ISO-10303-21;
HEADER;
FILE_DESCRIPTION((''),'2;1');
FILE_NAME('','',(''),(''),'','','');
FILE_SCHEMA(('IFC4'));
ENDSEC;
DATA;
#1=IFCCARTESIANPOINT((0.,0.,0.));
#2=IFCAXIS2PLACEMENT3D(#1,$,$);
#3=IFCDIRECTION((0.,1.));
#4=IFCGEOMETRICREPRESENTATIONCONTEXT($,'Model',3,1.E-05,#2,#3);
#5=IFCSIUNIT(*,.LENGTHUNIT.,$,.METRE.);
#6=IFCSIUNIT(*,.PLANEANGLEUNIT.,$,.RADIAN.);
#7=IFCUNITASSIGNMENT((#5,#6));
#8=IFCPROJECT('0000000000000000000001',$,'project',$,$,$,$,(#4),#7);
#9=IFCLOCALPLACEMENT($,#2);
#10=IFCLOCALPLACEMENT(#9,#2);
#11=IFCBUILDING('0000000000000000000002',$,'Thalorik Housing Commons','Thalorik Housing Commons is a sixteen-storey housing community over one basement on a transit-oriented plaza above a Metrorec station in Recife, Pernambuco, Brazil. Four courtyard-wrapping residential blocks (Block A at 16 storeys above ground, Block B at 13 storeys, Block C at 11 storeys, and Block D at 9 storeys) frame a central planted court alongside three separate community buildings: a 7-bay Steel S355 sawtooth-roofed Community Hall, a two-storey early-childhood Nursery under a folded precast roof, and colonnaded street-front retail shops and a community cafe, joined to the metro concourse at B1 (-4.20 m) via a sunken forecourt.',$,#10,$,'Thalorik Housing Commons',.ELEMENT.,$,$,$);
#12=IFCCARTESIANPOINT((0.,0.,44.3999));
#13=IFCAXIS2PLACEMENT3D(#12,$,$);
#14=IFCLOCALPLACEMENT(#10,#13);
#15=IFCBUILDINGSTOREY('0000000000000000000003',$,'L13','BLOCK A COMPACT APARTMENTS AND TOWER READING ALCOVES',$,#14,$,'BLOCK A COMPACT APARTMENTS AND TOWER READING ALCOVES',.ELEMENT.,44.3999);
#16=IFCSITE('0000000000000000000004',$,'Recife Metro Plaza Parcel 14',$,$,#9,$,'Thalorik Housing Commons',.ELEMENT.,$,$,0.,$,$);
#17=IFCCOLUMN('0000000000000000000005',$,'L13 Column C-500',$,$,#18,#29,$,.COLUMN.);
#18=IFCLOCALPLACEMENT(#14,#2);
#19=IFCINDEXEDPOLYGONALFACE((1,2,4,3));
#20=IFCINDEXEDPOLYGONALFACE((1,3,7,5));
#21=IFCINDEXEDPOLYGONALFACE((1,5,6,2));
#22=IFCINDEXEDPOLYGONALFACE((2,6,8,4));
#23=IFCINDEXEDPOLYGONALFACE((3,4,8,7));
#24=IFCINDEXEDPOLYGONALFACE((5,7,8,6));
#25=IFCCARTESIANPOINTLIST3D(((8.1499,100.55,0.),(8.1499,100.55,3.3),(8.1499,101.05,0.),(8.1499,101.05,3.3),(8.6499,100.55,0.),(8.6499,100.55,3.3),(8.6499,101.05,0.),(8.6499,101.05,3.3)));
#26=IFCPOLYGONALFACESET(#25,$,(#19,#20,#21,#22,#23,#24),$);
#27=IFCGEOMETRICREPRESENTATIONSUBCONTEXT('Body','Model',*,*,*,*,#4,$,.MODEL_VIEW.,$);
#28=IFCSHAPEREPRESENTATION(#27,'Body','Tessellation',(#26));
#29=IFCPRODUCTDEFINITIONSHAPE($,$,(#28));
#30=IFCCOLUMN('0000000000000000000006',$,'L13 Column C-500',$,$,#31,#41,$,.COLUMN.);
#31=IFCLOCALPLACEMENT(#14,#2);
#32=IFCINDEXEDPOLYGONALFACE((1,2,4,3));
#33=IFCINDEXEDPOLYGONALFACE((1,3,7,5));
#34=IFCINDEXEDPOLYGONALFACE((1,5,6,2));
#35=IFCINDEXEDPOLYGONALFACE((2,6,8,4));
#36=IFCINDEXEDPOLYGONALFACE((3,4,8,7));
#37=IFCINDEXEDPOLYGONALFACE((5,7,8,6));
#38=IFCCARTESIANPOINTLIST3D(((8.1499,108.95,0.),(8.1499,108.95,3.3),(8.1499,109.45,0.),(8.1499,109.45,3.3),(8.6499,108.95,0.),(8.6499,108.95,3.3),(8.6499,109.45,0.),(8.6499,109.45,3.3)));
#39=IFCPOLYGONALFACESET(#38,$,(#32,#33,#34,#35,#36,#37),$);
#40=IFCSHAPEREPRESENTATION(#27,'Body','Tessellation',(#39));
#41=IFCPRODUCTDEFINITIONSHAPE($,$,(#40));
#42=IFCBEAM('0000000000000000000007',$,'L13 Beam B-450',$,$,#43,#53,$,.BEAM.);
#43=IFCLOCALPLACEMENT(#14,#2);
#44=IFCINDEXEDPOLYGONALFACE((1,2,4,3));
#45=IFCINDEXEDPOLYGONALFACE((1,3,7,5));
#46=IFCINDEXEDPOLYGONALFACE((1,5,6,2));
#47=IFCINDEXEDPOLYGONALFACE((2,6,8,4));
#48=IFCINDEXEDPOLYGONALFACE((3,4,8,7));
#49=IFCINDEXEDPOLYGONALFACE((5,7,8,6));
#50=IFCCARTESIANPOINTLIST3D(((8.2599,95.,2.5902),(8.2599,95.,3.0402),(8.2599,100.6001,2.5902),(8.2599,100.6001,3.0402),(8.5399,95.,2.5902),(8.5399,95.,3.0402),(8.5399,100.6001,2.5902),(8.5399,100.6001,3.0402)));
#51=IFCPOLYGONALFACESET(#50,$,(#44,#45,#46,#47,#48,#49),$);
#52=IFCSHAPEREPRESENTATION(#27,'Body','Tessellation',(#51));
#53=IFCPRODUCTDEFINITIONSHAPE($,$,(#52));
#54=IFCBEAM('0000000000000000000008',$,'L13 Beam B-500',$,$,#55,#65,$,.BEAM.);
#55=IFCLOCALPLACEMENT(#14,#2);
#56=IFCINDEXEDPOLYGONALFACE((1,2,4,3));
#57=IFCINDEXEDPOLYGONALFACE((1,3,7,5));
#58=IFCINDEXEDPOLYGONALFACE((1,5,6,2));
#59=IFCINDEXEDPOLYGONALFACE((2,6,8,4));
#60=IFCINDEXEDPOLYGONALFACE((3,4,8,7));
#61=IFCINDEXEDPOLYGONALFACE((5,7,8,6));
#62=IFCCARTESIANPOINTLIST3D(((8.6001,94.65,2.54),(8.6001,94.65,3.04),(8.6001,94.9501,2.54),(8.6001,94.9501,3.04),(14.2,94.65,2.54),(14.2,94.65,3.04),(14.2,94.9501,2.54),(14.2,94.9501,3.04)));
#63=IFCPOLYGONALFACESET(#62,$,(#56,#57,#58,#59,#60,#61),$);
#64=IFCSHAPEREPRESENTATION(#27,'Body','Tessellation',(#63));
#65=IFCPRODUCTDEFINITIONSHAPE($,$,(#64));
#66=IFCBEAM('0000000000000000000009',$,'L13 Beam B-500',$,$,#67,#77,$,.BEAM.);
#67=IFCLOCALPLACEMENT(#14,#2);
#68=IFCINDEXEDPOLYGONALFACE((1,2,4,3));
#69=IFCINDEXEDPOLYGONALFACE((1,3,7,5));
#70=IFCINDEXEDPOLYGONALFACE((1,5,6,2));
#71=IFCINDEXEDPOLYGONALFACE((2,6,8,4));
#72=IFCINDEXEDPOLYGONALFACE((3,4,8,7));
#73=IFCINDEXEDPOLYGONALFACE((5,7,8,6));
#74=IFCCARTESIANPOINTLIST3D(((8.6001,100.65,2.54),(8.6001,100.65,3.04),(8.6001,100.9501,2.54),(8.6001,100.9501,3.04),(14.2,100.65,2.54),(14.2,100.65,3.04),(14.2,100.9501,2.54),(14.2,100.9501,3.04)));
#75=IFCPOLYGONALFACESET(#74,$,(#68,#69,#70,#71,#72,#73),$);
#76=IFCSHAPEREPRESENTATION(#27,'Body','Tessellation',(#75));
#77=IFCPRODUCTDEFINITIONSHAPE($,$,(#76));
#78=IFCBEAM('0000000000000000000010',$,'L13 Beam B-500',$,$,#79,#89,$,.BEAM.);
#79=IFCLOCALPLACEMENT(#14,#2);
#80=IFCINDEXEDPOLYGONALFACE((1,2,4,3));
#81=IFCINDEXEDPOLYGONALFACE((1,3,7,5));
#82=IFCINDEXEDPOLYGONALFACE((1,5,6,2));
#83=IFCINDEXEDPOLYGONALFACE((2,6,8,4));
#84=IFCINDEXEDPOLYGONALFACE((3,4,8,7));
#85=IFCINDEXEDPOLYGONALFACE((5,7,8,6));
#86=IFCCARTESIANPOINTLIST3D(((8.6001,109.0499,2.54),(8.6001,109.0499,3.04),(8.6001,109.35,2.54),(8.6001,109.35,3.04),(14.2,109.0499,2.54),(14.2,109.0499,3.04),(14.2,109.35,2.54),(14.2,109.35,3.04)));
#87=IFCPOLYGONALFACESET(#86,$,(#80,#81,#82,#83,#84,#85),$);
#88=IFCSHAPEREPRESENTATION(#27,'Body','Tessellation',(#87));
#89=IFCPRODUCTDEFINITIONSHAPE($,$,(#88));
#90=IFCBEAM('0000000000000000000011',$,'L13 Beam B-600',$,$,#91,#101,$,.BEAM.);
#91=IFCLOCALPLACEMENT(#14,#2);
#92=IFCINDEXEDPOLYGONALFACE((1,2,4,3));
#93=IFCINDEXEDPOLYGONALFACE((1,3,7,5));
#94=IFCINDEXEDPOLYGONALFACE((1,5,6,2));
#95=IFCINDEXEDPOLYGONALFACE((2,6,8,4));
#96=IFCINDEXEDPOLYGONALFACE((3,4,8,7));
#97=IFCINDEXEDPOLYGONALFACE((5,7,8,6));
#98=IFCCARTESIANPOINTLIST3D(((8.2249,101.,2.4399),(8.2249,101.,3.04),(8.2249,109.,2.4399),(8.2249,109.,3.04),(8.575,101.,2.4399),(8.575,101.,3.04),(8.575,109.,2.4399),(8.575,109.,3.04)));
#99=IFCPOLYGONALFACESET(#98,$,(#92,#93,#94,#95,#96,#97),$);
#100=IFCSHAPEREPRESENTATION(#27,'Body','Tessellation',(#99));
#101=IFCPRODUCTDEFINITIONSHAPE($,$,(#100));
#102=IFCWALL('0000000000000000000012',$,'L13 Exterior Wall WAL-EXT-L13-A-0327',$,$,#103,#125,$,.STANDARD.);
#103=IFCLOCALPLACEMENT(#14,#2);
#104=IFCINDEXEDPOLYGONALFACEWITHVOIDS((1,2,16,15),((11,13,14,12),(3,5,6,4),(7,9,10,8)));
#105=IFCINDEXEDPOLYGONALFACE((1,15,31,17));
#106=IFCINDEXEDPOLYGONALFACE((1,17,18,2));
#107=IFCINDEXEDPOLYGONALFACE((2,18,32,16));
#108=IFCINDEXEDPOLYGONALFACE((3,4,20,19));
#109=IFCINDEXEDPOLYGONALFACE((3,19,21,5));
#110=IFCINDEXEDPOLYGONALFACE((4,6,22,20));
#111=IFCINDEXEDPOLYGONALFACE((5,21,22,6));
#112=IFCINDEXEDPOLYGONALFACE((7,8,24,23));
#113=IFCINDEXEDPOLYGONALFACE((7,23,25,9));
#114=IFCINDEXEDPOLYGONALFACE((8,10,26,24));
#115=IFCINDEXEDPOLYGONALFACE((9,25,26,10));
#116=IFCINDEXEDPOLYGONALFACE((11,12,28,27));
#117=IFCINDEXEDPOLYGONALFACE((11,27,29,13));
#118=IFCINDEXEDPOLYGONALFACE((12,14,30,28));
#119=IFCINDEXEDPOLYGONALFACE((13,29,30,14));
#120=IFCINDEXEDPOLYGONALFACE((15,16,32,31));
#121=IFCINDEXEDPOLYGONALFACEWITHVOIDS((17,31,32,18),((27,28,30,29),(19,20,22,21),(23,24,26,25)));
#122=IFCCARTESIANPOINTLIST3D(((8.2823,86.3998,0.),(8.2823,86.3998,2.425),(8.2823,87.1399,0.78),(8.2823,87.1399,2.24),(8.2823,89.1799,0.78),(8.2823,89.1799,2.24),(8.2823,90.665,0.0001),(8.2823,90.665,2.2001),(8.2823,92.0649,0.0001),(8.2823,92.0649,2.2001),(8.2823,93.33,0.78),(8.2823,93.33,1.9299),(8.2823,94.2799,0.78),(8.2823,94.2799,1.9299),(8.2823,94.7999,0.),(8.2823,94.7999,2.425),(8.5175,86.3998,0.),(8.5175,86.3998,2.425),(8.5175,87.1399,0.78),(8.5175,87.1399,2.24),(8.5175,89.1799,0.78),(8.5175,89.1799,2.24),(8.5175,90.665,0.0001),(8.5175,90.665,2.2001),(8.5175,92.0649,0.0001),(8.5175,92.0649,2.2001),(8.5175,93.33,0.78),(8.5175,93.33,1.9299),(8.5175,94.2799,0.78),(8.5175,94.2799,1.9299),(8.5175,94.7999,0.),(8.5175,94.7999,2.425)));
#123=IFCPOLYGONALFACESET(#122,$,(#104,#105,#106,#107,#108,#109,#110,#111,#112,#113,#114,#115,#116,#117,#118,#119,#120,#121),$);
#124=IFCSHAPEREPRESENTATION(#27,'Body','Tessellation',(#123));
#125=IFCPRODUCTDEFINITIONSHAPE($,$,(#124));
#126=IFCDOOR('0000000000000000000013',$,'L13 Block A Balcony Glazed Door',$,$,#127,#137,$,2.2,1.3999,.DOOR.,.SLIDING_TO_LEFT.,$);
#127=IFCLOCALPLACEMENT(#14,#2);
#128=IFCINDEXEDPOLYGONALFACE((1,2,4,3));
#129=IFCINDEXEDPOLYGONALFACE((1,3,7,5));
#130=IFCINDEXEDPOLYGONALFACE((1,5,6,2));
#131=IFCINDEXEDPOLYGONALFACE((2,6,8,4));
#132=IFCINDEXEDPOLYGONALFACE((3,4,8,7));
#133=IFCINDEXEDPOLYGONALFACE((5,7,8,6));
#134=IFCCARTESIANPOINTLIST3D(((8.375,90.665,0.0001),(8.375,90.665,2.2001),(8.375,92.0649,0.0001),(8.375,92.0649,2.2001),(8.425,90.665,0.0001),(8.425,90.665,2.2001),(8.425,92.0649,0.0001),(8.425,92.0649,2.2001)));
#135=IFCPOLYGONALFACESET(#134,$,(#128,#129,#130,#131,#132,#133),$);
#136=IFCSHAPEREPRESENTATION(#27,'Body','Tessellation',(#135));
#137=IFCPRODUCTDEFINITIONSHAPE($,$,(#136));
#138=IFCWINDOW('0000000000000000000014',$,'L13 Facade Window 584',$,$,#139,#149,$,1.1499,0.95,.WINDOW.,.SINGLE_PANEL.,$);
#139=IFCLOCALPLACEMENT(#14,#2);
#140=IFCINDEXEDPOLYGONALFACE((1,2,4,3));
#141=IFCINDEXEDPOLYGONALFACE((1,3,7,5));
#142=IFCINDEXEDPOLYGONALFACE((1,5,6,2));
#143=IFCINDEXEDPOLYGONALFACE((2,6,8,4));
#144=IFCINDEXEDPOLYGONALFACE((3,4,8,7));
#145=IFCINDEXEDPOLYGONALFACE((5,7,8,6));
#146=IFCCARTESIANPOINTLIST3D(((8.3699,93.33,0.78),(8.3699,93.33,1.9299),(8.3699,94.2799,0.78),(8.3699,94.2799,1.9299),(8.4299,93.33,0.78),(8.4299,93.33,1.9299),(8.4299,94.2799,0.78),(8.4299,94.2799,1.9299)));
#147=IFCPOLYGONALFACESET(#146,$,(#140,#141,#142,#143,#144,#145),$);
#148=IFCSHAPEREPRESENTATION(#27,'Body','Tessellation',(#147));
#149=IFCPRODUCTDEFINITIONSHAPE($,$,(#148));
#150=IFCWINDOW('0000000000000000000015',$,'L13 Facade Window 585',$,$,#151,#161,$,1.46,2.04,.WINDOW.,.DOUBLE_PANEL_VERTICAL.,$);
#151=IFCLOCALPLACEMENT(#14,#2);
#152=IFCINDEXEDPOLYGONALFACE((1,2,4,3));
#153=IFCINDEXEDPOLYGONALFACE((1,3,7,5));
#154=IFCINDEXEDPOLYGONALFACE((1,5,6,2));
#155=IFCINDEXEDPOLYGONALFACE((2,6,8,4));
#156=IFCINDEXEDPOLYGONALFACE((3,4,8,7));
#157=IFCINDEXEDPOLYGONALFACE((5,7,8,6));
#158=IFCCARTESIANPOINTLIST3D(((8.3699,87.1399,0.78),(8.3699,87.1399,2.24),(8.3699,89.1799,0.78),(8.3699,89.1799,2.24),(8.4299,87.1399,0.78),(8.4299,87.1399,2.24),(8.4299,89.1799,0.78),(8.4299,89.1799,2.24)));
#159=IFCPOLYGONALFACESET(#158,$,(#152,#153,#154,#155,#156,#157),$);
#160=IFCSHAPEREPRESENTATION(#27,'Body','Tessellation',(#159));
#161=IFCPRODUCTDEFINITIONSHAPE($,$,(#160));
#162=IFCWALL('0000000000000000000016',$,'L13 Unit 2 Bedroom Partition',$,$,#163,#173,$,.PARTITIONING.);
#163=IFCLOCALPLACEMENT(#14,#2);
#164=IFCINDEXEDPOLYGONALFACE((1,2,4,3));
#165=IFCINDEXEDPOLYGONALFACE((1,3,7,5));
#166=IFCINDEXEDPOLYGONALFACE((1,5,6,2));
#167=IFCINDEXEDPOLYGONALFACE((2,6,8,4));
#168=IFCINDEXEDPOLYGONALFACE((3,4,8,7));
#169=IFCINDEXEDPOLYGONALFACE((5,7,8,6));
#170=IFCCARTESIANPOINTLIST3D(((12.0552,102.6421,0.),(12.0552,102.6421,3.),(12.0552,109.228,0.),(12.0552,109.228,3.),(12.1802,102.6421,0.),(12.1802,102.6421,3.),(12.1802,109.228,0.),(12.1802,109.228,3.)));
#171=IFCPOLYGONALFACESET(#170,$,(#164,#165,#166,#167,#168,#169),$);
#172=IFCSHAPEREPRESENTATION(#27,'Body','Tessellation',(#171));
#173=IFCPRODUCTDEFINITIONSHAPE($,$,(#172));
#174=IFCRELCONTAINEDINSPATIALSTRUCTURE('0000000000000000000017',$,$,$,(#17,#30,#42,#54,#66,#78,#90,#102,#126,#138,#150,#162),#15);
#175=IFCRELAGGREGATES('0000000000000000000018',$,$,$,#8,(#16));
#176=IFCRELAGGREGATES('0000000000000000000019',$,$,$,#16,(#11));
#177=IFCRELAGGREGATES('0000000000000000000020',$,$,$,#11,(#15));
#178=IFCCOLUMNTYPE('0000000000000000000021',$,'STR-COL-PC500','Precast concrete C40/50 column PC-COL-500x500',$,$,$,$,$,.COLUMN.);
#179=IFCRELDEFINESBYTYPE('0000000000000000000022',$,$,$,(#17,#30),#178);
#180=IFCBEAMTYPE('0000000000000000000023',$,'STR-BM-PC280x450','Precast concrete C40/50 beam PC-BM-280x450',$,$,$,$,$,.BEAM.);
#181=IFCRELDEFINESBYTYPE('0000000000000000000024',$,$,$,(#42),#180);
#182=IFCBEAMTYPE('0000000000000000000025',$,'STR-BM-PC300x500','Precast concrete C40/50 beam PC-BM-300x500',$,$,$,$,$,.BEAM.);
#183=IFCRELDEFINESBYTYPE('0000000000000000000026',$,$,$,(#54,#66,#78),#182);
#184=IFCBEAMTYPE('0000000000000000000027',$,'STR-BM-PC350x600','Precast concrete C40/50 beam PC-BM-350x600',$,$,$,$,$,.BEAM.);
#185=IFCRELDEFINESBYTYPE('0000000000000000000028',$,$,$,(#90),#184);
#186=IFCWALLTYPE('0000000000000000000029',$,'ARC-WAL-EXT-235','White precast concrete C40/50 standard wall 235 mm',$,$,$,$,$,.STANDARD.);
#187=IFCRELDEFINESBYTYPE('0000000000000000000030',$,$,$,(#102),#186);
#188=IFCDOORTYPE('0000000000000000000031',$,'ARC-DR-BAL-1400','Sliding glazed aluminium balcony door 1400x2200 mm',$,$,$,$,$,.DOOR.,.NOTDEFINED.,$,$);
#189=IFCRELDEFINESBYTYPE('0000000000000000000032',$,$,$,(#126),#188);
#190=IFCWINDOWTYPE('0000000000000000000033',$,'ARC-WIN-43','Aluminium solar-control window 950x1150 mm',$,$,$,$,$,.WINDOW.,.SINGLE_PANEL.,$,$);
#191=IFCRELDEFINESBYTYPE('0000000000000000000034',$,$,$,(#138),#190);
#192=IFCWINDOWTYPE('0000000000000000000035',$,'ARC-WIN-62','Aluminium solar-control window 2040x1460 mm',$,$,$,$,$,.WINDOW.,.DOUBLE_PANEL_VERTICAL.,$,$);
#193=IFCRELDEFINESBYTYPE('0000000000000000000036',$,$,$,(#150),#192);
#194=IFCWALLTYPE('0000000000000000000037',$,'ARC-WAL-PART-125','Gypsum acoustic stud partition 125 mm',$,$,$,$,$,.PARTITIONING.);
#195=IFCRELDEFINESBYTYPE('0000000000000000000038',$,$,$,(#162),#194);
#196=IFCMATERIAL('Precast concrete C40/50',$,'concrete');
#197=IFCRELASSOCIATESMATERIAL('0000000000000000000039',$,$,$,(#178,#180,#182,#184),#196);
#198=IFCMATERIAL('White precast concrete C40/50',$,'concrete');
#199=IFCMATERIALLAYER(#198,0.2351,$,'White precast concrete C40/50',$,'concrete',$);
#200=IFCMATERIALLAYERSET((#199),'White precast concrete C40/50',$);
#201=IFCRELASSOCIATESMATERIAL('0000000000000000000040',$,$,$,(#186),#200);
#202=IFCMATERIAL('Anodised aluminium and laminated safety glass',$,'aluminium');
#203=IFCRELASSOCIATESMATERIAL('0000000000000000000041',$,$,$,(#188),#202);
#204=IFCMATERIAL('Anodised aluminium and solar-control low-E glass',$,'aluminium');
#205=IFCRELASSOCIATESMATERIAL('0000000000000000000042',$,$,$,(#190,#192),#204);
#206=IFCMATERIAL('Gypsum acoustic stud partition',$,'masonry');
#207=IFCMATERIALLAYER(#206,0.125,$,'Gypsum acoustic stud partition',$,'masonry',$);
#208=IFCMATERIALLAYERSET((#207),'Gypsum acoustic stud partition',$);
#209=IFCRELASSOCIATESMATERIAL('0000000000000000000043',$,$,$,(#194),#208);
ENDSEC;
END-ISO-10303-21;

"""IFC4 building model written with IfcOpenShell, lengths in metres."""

from ifc_helpers import new_model, si_unit, direction, frame, frame_2d, origin, origin_2d, place, context, subcontext, project, spatial, rectangle, extrude, material, layer, layer_set, material_profile, profile_set, type_object, element, fill, save


model = new_model("IFC4")

# Units and contexts
model_context = context("Model", 3, precision=1e-05, world=origin(), true_north=direction((0.0, 1.0)))
body_context = subcontext(model_context, "Body", "Model", "MODEL_VIEW")
ifc_project = project(units=[si_unit("LENGTHUNIT", "METRE"), si_unit("PLANEANGLEUNIT", "RADIAN")], contexts=[model_context])

# Site, building, storey
site_placement = place(None, origin())
site = spatial("IfcSite", under=ifc_project, at=site_placement, Name="Recife Metro Plaza Parcel 14", LongName="Thalorik Housing Commons", CompositionType="ELEMENT", RefElevation=0.0)
building_placement = place(site_placement, origin())
building = spatial("IfcBuilding", under=site, at=building_placement, Name="Thalorik Housing Commons", Description="Thalorik Housing Commons is a sixteen-storey housing community over one basement on a transit-oriented plaza above a Metrorec station in Recife, Pernambuco, Brazil. Four courtyard-wrapping residential blocks (Block A at 16 storeys above ground, Block B at 13 storeys, Block C at 11 storeys, and Block D at 9 storeys) frame a central planted court alongside three separate community buildings: a 7-bay Steel S355 sawtooth-roofed Community Hall, a two-storey early-childhood Nursery under a folded precast roof, and colonnaded street-front retail shops and a community cafe, joined to the metro concourse at B1 (-4.20 m) via a sunken forecourt.", LongName="Thalorik Housing Commons", CompositionType="ELEMENT")
storey_placement = place(building_placement, frame((0.0, 0.0, 44.3999)))
storey = spatial("IfcBuildingStorey", under=building, at=storey_placement, Name="L13", Description="BLOCK A COMPACT APARTMENTS AND TOWER READING ALCOVES", LongName="BLOCK A COMPACT APARTMENTS AND TOWER READING ALCOVES", CompositionType="ELEMENT", Elevation=44.3999)

# Columns
ifc_material_1 = material(Name="Precast concrete C40/50", Category="concrete")
ifc_material_profile_1 = material_profile(ifc_material_1, rectangle(XDim=0.5, YDim=0.5, at=origin_2d()), Name="PC 500x500", Category="concrete")
ifc_profile_set_1 = profile_set([ifc_material_profile_1], Name="Precast concrete C40/50")
column_type = type_object("IfcColumnType", Name="STR-COL-PC500", Description="Precast concrete C40/50 column PC-COL-500x500", PredefinedType="COLUMN", material=ifc_profile_set_1)
for number, where, z_axis, x_axis, name in (
    (1, (8.3999, 100.8, 0.0), (0.0, 0.0, 1.0), (1.0, 0.0, 0.0), "L13 Column C-500"),
    (2, (8.3999, 109.2, 0.0), (0.0, 0.0, 1.0), (1.0, 0.0, 0.0), "L13 Column C-500"),
):
    element("IfcColumn", number, at=place(storey_placement, frame(where, z_axis=z_axis, x_axis=x_axis)), inside=storey, type_object=column_type, Name=name, PredefinedType="COLUMN", context=body_context, shape_type="SweptSolid", body=[
        extrude(rectangle(XDim=0.5, YDim=0.5, at=origin_2d()), origin(), (0.0, 0.0, 1.0), 3.3),
    ])

# Beams
ifc_material_profile_2 = material_profile(ifc_material_1, rectangle(XDim=0.28, YDim=0.45, at=origin_2d()), Name="PC 280x450", Category="concrete")
ifc_profile_set_2 = profile_set([ifc_material_profile_2], Name="Precast concrete C40/50")
beam_type_1 = type_object("IfcBeamType", Name="STR-BM-PC280x450", Description="Precast concrete C40/50 beam PC-BM-280x450", PredefinedType="BEAM", material=ifc_profile_set_2)
beam_1_placement = place(storey_placement, frame((8.3999, 95.0, 2.8152), z_axis=(0.0, 1.0, 0.0), x_axis=(-1.0, 0.0, 0.0)))
element("IfcBeam", 3, at=beam_1_placement, inside=storey, type_object=beam_type_1, Name="L13 Beam B-450", PredefinedType="BEAM", context=body_context, shape_type="SweptSolid", body=[
    extrude(rectangle(XDim=0.28, YDim=0.45, at=origin_2d()), origin(), (0.0, 0.0, 1.0), 5.6001),
])
ifc_material_profile_3 = material_profile(ifc_material_1, rectangle(XDim=0.3, YDim=0.5, at=origin_2d()), Name="PC 300x500", Category="concrete")
ifc_profile_set_3 = profile_set([ifc_material_profile_3], Name="Precast concrete C40/50")
beam_type_2 = type_object("IfcBeamType", Name="STR-BM-PC300x500", Description="Precast concrete C40/50 beam PC-BM-300x500", PredefinedType="BEAM", material=ifc_profile_set_3)
for number, where, z_axis, x_axis, name in (
    (4, (8.6001, 94.8, 2.79), (1.0, 0.0, 0.0), (0.0, 1.0, 0.0), "L13 Beam B-500"),
    (5, (8.6001, 100.8, 2.79), (1.0, 0.0, 0.0), (0.0, 1.0, 0.0), "L13 Beam B-500"),
    (6, (8.6001, 109.2, 2.79), (1.0, 0.0, 0.0), (0.0, 1.0, 0.0), "L13 Beam B-500"),
):
    element("IfcBeam", number, at=place(storey_placement, frame(where, z_axis=z_axis, x_axis=x_axis)), inside=storey, type_object=beam_type_2, Name=name, PredefinedType="BEAM", context=body_context, shape_type="SweptSolid", body=[
        extrude(rectangle(XDim=0.3, YDim=0.5, at=origin_2d()), origin(), (0.0, 0.0, 1.0), 5.5999),
    ])
ifc_material_profile_4 = material_profile(ifc_material_1, rectangle(XDim=0.3501, YDim=0.6001, at=origin_2d()), Name="PC 350x600", Category="concrete")
ifc_profile_set_4 = profile_set([ifc_material_profile_4], Name="Precast concrete C40/50")
beam_type_3 = type_object("IfcBeamType", Name="STR-BM-PC350x600", Description="Precast concrete C40/50 beam PC-BM-350x600", PredefinedType="BEAM", material=ifc_profile_set_4)
beam_2_placement = place(storey_placement, frame((8.3999, 101.0, 2.74), z_axis=(0.0, 1.0, 0.0), x_axis=(-1.0, 0.0, 0.0)))
element("IfcBeam", 7, at=beam_2_placement, inside=storey, type_object=beam_type_3, Name="L13 Beam B-600", PredefinedType="BEAM", context=body_context, shape_type="SweptSolid", body=[
    extrude(rectangle(XDim=0.3501, YDim=0.6001, at=origin_2d()), origin(), (0.0, 0.0, 1.0), 8.0),
])

# Shared definitions
ifc_material_2 = material(Name="White precast concrete C40/50", Category="concrete")
ifc_layer_1 = layer(ifc_material_2, 0.2351, Name="White precast concrete C40/50", Category="concrete")
ifc_layer_set_1 = layer_set([ifc_layer_1], Name="White precast concrete C40/50")
wall_type_1 = type_object("IfcWallType", Name="ARC-WAL-EXT-235", Description="White precast concrete C40/50 standard wall 235 mm", PredefinedType="STANDARD", material=ifc_layer_set_1)
ifc_material_3 = material(Name="Anodised aluminium and laminated safety glass", Category="aluminium")
ifc_material_4 = material(Name="Anodised aluminium and solar-control low-E glass", Category="aluminium")

# Wall, openings, door, windows
wall_1_placement = place(storey_placement, frame((8.3999, 94.8, 0.0), z_axis=(0.0, 0.0, 1.0), x_axis=(0.0, -1.0, 0.0)))
wall_1 = element("IfcWall", 8, at=wall_1_placement, inside=storey, type_object=wall_type_1, Name="L13 Exterior Wall WAL-EXT-L13-A-0327", PredefinedType="STANDARD", context=body_context, shape_type="SweptSolid", body=[
    extrude(rectangle(XDim=8.4001, YDim=0.2351, at=frame_2d((4.2002, 0.0))), origin(), (0.0, 0.0, 1.0), 2.425),
])
opening_1_placement = place(wall_1_placement, frame((2.7351, 0.0, 0.0)))
opening_1 = element("IfcOpeningElement", 9, at=opening_1_placement, cuts=wall_1, PredefinedType="OPENING", context=body_context, shape_type="SweptSolid", body=[
    extrude(rectangle(XDim=1.3999, YDim=2.2, at=frame_2d((0.7, 1.1001))), frame((0.0, 0.1274, 0.0), z_axis=(0.0, -1.0, 0.0), x_axis=(1.0, 0.0, 0.0)), (0.0, 0.0, 1.0), 0.2551),
])
opening_2_placement = place(wall_1_placement, frame((0.52, 0.0, 0.78)))
opening_2 = element("IfcOpeningElement", 10, at=opening_2_placement, cuts=wall_1, PredefinedType="OPENING", context=body_context, shape_type="SweptSolid", body=[
    extrude(rectangle(XDim=0.95, YDim=1.1499, at=frame_2d((0.4751, 0.575))), frame((0.0, 0.1274, 0.0), z_axis=(0.0, -1.0, 0.0), x_axis=(1.0, 0.0, 0.0)), (0.0, 0.0, 1.0), 0.2551),
])
opening_3_placement = place(wall_1_placement, frame((5.6201, 0.0, 0.78)))
opening_3 = element("IfcOpeningElement", 11, at=opening_3_placement, cuts=wall_1, PredefinedType="OPENING", context=body_context, shape_type="SweptSolid", body=[
    extrude(rectangle(XDim=2.04, YDim=1.46, at=frame_2d((1.02, 0.73))), frame((0.0, 0.1274, 0.0), z_axis=(0.0, -1.0, 0.0), x_axis=(1.0, 0.0, 0.0)), (0.0, 0.0, 1.0), 0.2551),
])
door_type_1 = type_object("IfcDoorType", Name="ARC-DR-BAL-1400", Description="Sliding glazed aluminium balcony door 1400x2200 mm", OperationType="NOTDEFINED", PredefinedType="DOOR", material=ifc_material_3)
door_1_placement = place(opening_1_placement, frame((1.3999, 0.0, 0.0), z_axis=(0.0, 0.0, 1.0), x_axis=(-1.0, 0.0, 0.0)))
door_1 = element("IfcDoor", 12, at=door_1_placement, inside=storey, type_object=door_type_1, Name="L13 Block A Balcony Glazed Door", OperationType="SLIDING_TO_LEFT", OverallHeight=2.2, OverallWidth=1.3999, PredefinedType="DOOR", context=body_context, shape_type="SweptSolid", body=[
    extrude(rectangle(XDim=1.3999, YDim=2.2, at=frame_2d((0.7, 1.1001))), frame((0.0, 0.0249, 0.0), z_axis=(0.0, -1.0, 0.0), x_axis=(1.0, 0.0, 0.0)), (0.0, 0.0, 1.0), 0.05),
])
fill(opening_1, door_1)
window_type_1 = type_object("IfcWindowType", Name="ARC-WIN-43", Description="Aluminium solar-control window 950x1150 mm", PartitioningType="SINGLE_PANEL", PredefinedType="WINDOW", material=ifc_material_4)
window_1_placement = place(opening_2_placement, origin())
window_1 = element("IfcWindow", 13, at=window_1_placement, inside=storey, type_object=window_type_1, Name="L13 Facade Window 584", OverallHeight=1.1499, OverallWidth=0.95, PartitioningType="SINGLE_PANEL", PredefinedType="WINDOW", context=body_context, shape_type="SweptSolid", body=[
    extrude(rectangle(XDim=0.95, YDim=1.1499, at=frame_2d((0.4751, 0.575))), frame((0.0, 0.03, 0.0), z_axis=(0.0, -1.0, 0.0), x_axis=(1.0, 0.0, 0.0)), (0.0, 0.0, 1.0), 0.0601),
])
fill(opening_2, window_1)
window_type_2 = type_object("IfcWindowType", Name="ARC-WIN-62", Description="Aluminium solar-control window 2040x1460 mm", PartitioningType="DOUBLE_PANEL_VERTICAL", PredefinedType="WINDOW", material=ifc_material_4)
window_2_placement = place(opening_3_placement, origin())
window_2 = element("IfcWindow", 14, at=window_2_placement, inside=storey, type_object=window_type_2, Name="L13 Facade Window 585", OverallHeight=1.46, OverallWidth=2.04, PartitioningType="DOUBLE_PANEL_VERTICAL", PredefinedType="WINDOW", context=body_context, shape_type="SweptSolid", body=[
    extrude(rectangle(XDim=2.04, YDim=1.46, at=frame_2d((1.02, 0.73))), frame((0.0, 0.03, 0.0), z_axis=(0.0, -1.0, 0.0), x_axis=(1.0, 0.0, 0.0)), (0.0, 0.0, 1.0), 0.0601),
])
fill(opening_3, window_2)

# Wall
ifc_material_5 = material(Name="Gypsum acoustic stud partition", Category="masonry")
ifc_layer_2 = layer(ifc_material_5, 0.125, Name="Gypsum acoustic stud partition", Category="masonry")
ifc_layer_set_2 = layer_set([ifc_layer_2], Name="Gypsum acoustic stud partition")
wall_type_2 = type_object("IfcWallType", Name="ARC-WAL-PART-125", Description="Gypsum acoustic stud partition 125 mm", PredefinedType="PARTITIONING", material=ifc_layer_set_2)
wall_2_placement = place(storey_placement, frame((12.1177, 102.6421, 0.0), z_axis=(0.0, 0.0, 1.0), x_axis=(0.0, 1.0, 0.0)))
element("IfcWall", 15, at=wall_2_placement, inside=storey, type_object=wall_type_2, Name="L13 Unit 2 Bedroom Partition", PredefinedType="PARTITIONING", context=body_context, shape_type="SweptSolid", body=[
    extrude(rectangle(XDim=6.5859, YDim=0.125, at=frame_2d((3.293, 0.0))), origin(), (0.0, 0.0, 1.0), 3.0),
])

save(model, "model.ifc")
